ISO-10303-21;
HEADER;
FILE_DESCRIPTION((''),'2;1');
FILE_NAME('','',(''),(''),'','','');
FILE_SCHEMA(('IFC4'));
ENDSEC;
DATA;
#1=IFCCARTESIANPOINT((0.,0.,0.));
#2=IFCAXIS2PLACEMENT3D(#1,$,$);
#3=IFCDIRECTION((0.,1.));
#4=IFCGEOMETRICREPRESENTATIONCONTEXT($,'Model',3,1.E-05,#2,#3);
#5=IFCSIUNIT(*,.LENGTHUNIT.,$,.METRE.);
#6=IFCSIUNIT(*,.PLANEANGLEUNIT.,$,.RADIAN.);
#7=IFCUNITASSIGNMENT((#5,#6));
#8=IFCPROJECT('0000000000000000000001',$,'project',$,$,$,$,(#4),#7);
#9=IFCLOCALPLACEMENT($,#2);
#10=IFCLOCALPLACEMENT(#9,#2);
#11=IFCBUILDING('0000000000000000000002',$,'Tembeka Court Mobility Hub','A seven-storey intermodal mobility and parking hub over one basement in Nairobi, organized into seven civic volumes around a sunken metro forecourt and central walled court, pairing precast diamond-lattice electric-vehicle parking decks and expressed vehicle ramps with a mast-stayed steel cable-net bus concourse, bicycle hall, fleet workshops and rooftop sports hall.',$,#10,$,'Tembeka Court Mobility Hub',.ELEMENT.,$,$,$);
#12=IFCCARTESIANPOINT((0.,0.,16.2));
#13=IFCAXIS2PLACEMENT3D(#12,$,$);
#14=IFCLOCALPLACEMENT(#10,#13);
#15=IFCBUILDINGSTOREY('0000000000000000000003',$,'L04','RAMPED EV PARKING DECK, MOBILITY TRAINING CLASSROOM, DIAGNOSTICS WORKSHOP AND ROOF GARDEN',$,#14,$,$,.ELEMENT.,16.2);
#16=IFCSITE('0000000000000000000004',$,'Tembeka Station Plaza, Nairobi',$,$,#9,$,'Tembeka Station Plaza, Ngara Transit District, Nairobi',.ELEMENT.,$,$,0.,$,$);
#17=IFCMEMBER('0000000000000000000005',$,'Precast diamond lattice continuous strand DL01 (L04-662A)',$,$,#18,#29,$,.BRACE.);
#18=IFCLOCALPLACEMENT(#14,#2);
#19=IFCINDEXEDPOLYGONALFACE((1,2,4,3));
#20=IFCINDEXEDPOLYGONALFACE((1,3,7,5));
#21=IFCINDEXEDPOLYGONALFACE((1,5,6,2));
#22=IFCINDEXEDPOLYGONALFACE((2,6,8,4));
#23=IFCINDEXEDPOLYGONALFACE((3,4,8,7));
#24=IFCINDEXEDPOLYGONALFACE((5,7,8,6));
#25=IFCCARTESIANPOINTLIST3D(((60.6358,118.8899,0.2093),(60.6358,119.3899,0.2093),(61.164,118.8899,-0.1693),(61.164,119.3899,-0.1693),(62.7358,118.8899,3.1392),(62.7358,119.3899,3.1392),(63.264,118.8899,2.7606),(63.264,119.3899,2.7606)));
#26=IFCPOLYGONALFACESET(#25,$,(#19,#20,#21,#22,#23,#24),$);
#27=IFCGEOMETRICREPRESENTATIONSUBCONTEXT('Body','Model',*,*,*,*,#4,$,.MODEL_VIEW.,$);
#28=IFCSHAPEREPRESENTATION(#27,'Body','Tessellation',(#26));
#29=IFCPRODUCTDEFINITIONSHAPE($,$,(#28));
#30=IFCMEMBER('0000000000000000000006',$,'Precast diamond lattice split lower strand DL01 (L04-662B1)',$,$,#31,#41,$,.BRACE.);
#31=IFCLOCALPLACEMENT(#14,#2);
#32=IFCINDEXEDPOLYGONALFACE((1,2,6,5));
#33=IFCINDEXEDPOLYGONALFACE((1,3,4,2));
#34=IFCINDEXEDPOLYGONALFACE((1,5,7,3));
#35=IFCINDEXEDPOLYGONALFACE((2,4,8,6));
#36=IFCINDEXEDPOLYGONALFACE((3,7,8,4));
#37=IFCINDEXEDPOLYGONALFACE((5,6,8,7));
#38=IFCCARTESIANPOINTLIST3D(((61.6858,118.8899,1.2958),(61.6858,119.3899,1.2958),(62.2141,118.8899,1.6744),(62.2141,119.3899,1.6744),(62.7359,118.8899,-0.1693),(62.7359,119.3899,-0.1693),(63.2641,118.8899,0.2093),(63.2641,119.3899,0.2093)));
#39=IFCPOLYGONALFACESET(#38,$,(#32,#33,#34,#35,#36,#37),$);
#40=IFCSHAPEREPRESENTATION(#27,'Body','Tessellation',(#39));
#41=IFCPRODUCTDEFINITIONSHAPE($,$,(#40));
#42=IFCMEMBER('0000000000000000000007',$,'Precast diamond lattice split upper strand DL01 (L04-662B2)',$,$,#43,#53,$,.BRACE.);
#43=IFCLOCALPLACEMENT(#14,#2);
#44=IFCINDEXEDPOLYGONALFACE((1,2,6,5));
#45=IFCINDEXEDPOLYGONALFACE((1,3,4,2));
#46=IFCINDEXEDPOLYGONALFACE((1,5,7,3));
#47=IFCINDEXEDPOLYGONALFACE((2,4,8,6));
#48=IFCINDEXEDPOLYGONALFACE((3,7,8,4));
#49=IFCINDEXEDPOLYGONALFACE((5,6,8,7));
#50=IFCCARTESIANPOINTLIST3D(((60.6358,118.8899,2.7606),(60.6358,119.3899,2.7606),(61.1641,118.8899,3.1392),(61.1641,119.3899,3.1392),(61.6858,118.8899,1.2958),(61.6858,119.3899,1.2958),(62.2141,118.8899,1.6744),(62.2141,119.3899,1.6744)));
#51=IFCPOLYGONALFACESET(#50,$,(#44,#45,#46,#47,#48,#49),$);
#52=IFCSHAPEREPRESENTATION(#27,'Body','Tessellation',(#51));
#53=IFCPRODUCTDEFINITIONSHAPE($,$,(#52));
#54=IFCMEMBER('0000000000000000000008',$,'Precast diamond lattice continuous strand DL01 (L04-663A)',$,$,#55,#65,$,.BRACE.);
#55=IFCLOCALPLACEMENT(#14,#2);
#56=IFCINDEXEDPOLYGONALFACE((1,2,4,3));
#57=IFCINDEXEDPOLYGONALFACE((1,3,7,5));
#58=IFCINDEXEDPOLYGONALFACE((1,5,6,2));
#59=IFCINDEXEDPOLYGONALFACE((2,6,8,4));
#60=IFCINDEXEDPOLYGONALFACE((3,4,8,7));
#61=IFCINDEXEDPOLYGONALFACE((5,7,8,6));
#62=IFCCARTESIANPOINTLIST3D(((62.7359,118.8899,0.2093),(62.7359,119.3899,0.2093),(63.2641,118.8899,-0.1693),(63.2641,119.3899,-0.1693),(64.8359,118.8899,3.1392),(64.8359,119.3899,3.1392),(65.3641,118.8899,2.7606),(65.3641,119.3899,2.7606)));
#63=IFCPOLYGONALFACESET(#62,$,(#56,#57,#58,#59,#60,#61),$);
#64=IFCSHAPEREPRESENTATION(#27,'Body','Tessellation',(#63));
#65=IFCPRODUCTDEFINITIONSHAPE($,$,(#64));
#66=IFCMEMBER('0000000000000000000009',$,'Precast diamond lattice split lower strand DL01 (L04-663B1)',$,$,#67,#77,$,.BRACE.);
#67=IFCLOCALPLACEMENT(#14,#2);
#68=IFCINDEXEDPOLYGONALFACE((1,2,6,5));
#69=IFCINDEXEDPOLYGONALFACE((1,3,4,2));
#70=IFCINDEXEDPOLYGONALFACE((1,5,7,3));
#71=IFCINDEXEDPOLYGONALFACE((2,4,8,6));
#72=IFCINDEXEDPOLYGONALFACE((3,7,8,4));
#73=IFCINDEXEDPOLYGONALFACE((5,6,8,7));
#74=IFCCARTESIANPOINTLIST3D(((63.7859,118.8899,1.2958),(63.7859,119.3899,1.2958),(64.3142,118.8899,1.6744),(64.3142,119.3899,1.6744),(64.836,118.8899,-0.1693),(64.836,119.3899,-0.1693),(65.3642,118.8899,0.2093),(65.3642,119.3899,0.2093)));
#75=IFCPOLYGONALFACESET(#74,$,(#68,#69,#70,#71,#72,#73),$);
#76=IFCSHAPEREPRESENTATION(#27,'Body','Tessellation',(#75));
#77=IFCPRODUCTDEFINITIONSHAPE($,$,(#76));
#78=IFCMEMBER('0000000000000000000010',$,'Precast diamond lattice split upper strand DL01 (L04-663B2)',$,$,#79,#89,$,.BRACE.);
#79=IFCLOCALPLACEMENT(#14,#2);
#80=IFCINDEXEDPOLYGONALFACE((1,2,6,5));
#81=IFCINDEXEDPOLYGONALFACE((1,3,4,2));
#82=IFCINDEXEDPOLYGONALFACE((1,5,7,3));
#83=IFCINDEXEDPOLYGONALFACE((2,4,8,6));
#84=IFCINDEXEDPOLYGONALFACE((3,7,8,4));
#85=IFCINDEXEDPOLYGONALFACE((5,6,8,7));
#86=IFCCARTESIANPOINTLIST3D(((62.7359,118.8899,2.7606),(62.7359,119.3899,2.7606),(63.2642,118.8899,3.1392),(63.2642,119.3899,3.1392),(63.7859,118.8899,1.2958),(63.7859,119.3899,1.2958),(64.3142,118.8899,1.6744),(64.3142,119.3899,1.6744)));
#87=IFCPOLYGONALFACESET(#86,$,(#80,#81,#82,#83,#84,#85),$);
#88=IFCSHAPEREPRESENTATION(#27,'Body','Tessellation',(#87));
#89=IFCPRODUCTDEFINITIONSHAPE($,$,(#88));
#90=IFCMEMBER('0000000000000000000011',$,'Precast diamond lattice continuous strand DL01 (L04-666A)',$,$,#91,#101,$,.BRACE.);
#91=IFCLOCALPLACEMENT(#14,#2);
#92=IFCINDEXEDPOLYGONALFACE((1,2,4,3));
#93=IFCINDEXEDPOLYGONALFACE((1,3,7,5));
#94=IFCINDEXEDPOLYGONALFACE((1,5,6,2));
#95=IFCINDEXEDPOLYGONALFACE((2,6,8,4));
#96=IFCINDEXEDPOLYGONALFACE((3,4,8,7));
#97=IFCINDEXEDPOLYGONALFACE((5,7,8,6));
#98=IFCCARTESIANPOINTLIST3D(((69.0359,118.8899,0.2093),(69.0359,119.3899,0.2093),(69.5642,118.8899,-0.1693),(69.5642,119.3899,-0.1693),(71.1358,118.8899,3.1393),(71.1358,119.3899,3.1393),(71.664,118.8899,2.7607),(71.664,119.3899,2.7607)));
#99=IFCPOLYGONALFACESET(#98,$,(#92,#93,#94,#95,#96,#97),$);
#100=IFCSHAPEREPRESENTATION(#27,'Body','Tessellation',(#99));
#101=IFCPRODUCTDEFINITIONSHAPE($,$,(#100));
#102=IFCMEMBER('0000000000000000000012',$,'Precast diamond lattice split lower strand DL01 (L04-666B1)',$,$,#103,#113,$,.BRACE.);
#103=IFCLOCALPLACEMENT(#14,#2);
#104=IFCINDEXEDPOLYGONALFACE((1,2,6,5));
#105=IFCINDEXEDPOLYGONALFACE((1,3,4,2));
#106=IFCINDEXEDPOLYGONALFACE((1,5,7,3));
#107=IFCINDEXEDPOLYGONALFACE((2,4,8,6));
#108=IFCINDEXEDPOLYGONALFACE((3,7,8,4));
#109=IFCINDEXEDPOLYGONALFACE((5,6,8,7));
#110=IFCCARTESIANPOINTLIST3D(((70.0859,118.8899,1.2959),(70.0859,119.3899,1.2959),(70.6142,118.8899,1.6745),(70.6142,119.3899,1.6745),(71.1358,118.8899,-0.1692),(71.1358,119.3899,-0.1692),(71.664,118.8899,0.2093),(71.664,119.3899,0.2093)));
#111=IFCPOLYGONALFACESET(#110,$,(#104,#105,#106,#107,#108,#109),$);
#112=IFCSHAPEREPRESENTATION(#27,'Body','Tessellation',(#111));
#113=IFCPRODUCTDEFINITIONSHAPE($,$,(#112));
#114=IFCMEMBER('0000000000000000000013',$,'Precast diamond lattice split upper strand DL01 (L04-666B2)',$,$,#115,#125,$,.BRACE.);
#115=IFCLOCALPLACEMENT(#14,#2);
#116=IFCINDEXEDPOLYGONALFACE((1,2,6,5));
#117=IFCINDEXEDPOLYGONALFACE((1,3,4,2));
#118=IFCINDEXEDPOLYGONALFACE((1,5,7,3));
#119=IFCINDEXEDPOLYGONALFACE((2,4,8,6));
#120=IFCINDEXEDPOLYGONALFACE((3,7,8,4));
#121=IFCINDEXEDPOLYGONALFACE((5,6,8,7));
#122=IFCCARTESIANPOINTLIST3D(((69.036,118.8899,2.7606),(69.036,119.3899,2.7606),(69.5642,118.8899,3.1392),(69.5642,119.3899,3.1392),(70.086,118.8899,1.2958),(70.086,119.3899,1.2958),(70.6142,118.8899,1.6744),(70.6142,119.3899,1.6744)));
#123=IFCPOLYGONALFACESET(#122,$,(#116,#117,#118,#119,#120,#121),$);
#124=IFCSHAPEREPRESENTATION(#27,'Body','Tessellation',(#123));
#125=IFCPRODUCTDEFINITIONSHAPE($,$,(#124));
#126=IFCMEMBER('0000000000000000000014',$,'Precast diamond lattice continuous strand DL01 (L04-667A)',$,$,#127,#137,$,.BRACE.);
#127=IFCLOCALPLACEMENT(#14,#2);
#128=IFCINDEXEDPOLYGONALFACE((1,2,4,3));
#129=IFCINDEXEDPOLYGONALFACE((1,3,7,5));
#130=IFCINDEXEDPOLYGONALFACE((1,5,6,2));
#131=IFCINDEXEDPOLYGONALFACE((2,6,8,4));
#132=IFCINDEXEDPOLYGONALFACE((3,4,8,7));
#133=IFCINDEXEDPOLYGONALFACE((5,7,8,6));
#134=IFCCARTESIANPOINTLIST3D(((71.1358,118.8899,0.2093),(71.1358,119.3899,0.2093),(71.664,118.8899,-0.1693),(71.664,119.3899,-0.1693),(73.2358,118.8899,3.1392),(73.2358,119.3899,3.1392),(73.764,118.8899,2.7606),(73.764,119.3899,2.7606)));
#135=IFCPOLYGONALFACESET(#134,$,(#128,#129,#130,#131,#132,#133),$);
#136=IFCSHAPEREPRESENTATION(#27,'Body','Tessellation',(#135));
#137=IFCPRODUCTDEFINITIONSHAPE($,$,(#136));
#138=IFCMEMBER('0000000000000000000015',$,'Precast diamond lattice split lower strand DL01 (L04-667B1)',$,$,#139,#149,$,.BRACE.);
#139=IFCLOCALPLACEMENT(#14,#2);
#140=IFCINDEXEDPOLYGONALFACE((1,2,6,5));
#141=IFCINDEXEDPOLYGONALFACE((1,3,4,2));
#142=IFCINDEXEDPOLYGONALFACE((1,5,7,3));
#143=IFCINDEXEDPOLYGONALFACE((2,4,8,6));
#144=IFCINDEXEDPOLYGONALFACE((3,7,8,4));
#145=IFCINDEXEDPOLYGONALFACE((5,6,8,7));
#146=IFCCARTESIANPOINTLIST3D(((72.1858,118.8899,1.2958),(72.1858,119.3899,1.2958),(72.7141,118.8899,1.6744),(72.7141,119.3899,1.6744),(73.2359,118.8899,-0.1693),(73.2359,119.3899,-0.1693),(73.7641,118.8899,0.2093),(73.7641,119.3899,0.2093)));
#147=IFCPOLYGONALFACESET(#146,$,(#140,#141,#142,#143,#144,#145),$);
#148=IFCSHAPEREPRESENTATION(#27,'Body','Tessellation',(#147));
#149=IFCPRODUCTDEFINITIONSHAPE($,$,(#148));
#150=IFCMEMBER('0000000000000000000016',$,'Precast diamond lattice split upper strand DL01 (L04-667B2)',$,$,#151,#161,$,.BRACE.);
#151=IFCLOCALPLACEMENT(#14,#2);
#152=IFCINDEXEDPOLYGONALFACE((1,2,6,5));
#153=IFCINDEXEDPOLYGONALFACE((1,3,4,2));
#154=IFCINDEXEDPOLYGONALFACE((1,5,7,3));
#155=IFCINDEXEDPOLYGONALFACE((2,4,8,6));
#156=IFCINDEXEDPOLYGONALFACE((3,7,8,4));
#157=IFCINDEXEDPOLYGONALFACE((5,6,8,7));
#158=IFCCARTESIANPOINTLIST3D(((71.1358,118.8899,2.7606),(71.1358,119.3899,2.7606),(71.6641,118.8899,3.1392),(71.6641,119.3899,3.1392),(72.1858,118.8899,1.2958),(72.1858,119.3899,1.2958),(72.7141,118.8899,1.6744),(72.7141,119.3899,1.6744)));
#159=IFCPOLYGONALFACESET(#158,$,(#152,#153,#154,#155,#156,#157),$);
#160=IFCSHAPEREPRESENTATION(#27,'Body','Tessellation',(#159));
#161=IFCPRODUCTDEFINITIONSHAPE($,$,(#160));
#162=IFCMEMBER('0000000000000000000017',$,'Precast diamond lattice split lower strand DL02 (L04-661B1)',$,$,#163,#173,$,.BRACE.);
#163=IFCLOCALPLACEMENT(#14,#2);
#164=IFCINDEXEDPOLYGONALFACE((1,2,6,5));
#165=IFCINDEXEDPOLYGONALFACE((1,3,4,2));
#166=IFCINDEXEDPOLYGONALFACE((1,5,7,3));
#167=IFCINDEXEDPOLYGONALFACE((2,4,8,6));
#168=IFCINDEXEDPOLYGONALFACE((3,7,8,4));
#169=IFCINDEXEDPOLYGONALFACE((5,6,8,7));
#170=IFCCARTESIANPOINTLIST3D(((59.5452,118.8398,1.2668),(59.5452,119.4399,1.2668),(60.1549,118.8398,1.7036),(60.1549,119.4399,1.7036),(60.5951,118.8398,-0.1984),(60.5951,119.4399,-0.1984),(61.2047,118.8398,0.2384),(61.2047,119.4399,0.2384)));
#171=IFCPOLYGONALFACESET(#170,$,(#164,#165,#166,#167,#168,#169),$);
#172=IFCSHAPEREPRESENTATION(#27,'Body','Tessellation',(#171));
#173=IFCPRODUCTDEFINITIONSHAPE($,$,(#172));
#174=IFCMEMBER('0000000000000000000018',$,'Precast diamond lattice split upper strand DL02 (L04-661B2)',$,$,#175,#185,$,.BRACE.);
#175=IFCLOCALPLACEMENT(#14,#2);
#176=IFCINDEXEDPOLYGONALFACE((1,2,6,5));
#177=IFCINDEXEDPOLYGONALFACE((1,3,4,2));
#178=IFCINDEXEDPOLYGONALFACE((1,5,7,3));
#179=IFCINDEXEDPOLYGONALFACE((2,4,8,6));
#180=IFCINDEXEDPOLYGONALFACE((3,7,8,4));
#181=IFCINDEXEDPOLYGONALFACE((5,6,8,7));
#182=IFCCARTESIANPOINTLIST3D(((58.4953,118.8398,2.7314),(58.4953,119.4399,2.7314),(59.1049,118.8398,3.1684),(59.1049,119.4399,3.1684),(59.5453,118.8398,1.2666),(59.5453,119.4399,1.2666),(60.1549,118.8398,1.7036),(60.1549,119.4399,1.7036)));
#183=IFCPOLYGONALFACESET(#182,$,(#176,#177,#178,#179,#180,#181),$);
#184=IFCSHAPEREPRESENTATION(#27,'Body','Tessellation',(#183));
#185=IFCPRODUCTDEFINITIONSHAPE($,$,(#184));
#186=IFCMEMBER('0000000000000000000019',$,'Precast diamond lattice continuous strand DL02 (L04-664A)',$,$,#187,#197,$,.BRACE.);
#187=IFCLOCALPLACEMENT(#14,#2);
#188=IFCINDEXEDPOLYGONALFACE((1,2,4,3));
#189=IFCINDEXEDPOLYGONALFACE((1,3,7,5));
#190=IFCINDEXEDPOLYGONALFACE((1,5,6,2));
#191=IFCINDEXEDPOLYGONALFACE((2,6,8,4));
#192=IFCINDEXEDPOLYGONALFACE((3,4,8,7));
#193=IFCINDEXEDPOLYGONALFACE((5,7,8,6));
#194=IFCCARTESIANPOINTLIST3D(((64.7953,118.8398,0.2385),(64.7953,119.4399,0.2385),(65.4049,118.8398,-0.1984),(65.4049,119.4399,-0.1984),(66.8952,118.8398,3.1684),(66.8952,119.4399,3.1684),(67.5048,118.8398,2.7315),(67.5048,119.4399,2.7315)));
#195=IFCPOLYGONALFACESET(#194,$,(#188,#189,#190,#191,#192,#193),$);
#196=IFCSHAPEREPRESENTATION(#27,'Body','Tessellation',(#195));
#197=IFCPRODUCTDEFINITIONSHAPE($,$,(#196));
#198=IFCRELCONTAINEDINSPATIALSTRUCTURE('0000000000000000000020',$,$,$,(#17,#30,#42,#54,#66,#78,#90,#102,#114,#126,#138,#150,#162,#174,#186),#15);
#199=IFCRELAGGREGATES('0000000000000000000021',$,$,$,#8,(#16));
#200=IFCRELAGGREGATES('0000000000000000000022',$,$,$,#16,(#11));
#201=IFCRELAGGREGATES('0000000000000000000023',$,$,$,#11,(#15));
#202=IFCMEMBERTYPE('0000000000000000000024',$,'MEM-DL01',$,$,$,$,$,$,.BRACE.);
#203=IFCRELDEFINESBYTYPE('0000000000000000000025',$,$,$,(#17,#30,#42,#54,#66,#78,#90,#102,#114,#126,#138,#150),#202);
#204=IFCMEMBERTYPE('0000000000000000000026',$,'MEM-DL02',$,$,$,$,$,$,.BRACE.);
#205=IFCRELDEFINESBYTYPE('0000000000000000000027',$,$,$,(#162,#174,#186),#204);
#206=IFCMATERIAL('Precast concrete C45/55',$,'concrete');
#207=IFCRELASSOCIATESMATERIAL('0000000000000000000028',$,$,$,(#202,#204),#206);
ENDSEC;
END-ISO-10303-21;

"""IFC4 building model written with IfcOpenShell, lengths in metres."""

from ifc_helpers import new_model, si_unit, direction, frame, origin, origin_2d, place, context, subcontext, project, spatial, rectangle, extrude, material, material_profile, profile_set, type_object, element, save


model = new_model("IFC4")

# Units and contexts
model_context = context("Model", 3, precision=1e-05, world=origin(), true_north=direction((0.0, 1.0)))
body_context = subcontext(model_context, "Body", "Model", "MODEL_VIEW")
ifc_project = project(units=[si_unit("LENGTHUNIT", "METRE"), si_unit("PLANEANGLEUNIT", "RADIAN")], contexts=[model_context])

# Site, building, storey
site_placement = place(None, origin())
site = spatial("IfcSite", under=ifc_project, at=site_placement, Name="Tembeka Station Plaza, Nairobi", LongName="Tembeka Station Plaza, Ngara Transit District, Nairobi", CompositionType="ELEMENT", RefElevation=0.0)
building_placement = place(site_placement, origin())
building = spatial("IfcBuilding", under=site, at=building_placement, Name="Tembeka Court Mobility Hub", Description="A seven-storey intermodal mobility and parking hub over one basement in Nairobi, organized into seven civic volumes around a sunken metro forecourt and central walled court, pairing precast diamond-lattice electric-vehicle parking decks and expressed vehicle ramps with a mast-stayed steel cable-net bus concourse, bicycle hall, fleet workshops and rooftop sports hall.", LongName="Tembeka Court Mobility Hub", CompositionType="ELEMENT")
storey_placement = place(building_placement, frame((0.0, 0.0, 16.2)))
storey = spatial("IfcBuildingStorey", under=building, at=storey_placement, Name="L04", Description="RAMPED EV PARKING DECK, MOBILITY TRAINING CLASSROOM, DIAGNOSTICS WORKSHOP AND ROOF GARDEN", CompositionType="ELEMENT", Elevation=16.2)

# Members
ifc_material = material(Name="Precast concrete C45/55", Category="concrete")
ifc_material_profile_1 = material_profile(ifc_material, rectangle(XDim=0.5, YDim=0.6499, at=origin_2d()), Name="PC-DIAG 500x650")
ifc_profile_set_1 = profile_set([ifc_material_profile_1], Name="Precast concrete C45/55")
member_type_1 = type_object("IfcMemberType", Name="MEM-DL01", PredefinedType="BRACE", material=ifc_profile_set_1)
member_1_placement = place(storey_placement, frame((60.8999, 119.1399, 0.02), z_axis=(0.582576, 0.0, 0.812776), x_axis=(0.0, 1.0, 0.0)))
element("IfcMember", 1, at=member_1_placement, inside=storey, type_object=member_type_1, Name="Precast diamond lattice continuous strand DL01 (L04-662A)", PredefinedType="BRACE", context=body_context, shape_type="SweptSolid", body=[
    extrude(rectangle(XDim=0.5, YDim=0.6499, at=origin_2d()), origin(), (0.0, 0.0, 1.0), 3.6047),
])
member_2_placement = place(storey_placement, frame((63.0, 119.1399, 0.02), z_axis=(-0.582544, 0.0, 0.812799), x_axis=(0.0, -1.0, 0.0)))
element("IfcMember", 2, at=member_2_placement, inside=storey, type_object=member_type_1, Name="Precast diamond lattice split lower strand DL01 (L04-662B1)", PredefinedType="BRACE", context=body_context, shape_type="SweptSolid", body=[
    extrude(rectangle(XDim=0.5, YDim=0.6499, at=origin_2d()), origin(), (0.0, 0.0, 1.0), 1.8025),
])
member_3_placement = place(storey_placement, frame((61.95, 119.1399, 1.4851), z_axis=(-0.582608, 0.0, 0.812753), x_axis=(0.0, -1.0, 0.0)))
element("IfcMember", 3, at=member_3_placement, inside=storey, type_object=member_type_1, Name="Precast diamond lattice split upper strand DL01 (L04-662B2)", PredefinedType="BRACE", context=body_context, shape_type="SweptSolid", body=[
    extrude(rectangle(XDim=0.5, YDim=0.6499, at=origin_2d()), origin(), (0.0, 0.0, 1.0), 1.8022),
])
member_4_placement = place(storey_placement, frame((63.0, 119.1399, 0.02), z_axis=(0.582576, 0.0, 0.812776), x_axis=(0.0, 1.0, 0.0)))
element("IfcMember", 4, at=member_4_placement, inside=storey, type_object=member_type_1, Name="Precast diamond lattice continuous strand DL01 (L04-663A)", PredefinedType="BRACE", context=body_context, shape_type="SweptSolid", body=[
    extrude(rectangle(XDim=0.5, YDim=0.6499, at=origin_2d()), origin(), (0.0, 0.0, 1.0), 3.6047),
])
member_5_placement = place(storey_placement, frame((65.1001, 119.1399, 0.02), z_axis=(-0.582544, 0.0, 0.812799), x_axis=(0.0, -1.0, 0.0)))
element("IfcMember", 5, at=member_5_placement, inside=storey, type_object=member_type_1, Name="Precast diamond lattice split lower strand DL01 (L04-663B1)", PredefinedType="BRACE", context=body_context, shape_type="SweptSolid", body=[
    extrude(rectangle(XDim=0.5, YDim=0.6499, at=origin_2d()), origin(), (0.0, 0.0, 1.0), 1.8025),
])
member_6_placement = place(storey_placement, frame((64.05, 119.1399, 1.4851), z_axis=(-0.582608, 0.0, 0.812753), x_axis=(0.0, -1.0, 0.0)))
element("IfcMember", 6, at=member_6_placement, inside=storey, type_object=member_type_1, Name="Precast diamond lattice split upper strand DL01 (L04-663B2)", PredefinedType="BRACE", context=body_context, shape_type="SweptSolid", body=[
    extrude(rectangle(XDim=0.5, YDim=0.6499, at=origin_2d()), origin(), (0.0, 0.0, 1.0), 1.8022),
])
member_7_placement = place(storey_placement, frame((69.3, 119.1399, 0.02), z_axis=(0.582532, 0.0, 0.812808), x_axis=(0.0, 1.0, 0.0)))
element("IfcMember", 7, at=member_7_placement, inside=storey, type_object=member_type_1, Name="Precast diamond lattice continuous strand DL01 (L04-666A)", PredefinedType="BRACE", context=body_context, shape_type="SweptSolid", body=[
    extrude(rectangle(XDim=0.5, YDim=0.6499, at=origin_2d()), origin(), (0.0, 0.0, 1.0), 3.6047),
])
member_8_placement = place(storey_placement, frame((71.3999, 119.1399, 0.02), z_axis=(-0.582455, 0.0, 0.812863), x_axis=(0.0, -1.0, 0.0)))
element("IfcMember", 8, at=member_8_placement, inside=storey, type_object=member_type_1, Name="Precast diamond lattice split lower strand DL01 (L04-666B1)", PredefinedType="BRACE", context=body_context, shape_type="SweptSolid", body=[
    extrude(rectangle(XDim=0.5, YDim=0.6499, at=origin_2d()), origin(), (0.0, 0.0, 1.0), 1.8025),
])
member_9_placement = place(storey_placement, frame((70.3501, 119.1399, 1.4851), z_axis=(-0.582608, 0.0, 0.812753), x_axis=(0.0, -1.0, 0.0)))
element("IfcMember", 9, at=member_9_placement, inside=storey, type_object=member_type_1, Name="Precast diamond lattice split upper strand DL01 (L04-666B2)", PredefinedType="BRACE", context=body_context, shape_type="SweptSolid", body=[
    extrude(rectangle(XDim=0.5, YDim=0.6499, at=origin_2d()), origin(), (0.0, 0.0, 1.0), 1.8022),
])
member_10_placement = place(storey_placement, frame((71.3999, 119.1399, 0.02), z_axis=(0.582576, 0.0, 0.812776), x_axis=(0.0, 1.0, 0.0)))
element("IfcMember", 10, at=member_10_placement, inside=storey, type_object=member_type_1, Name="Precast diamond lattice continuous strand DL01 (L04-667A)", PredefinedType="BRACE", context=body_context, shape_type="SweptSolid", body=[
    extrude(rectangle(XDim=0.5, YDim=0.6499, at=origin_2d()), origin(), (0.0, 0.0, 1.0), 3.6047),
])
member_11_placement = place(storey_placement, frame((73.5, 119.1399, 0.02), z_axis=(-0.582544, 0.0, 0.812799), x_axis=(0.0, -1.0, 0.0)))
element("IfcMember", 11, at=member_11_placement, inside=storey, type_object=member_type_1, Name="Precast diamond lattice split lower strand DL01 (L04-667B1)", PredefinedType="BRACE", context=body_context, shape_type="SweptSolid", body=[
    extrude(rectangle(XDim=0.5, YDim=0.6499, at=origin_2d()), origin(), (0.0, 0.0, 1.0), 1.8025),
])
member_12_placement = place(storey_placement, frame((72.45, 119.1399, 1.4851), z_axis=(-0.582608, 0.0, 0.812753), x_axis=(0.0, -1.0, 0.0)))
element("IfcMember", 12, at=member_12_placement, inside=storey, type_object=member_type_1, Name="Precast diamond lattice split upper strand DL01 (L04-667B2)", PredefinedType="BRACE", context=body_context, shape_type="SweptSolid", body=[
    extrude(rectangle(XDim=0.5, YDim=0.6499, at=origin_2d()), origin(), (0.0, 0.0, 1.0), 1.8022),
])
ifc_material_profile_2 = material_profile(ifc_material, rectangle(XDim=0.6001, YDim=0.75, at=origin_2d()), Name="PC-DIAG 600x750")
ifc_profile_set_2 = profile_set([ifc_material_profile_2], Name="Precast concrete C45/55")
member_type_2 = type_object("IfcMemberType", Name="MEM-DL02", PredefinedType="BRACE", material=ifc_profile_set_2)
member_13_placement = place(storey_placement, frame((60.8999, 119.1399, 0.02), z_axis=(-0.582455, 0.0, 0.812863), x_axis=(0.0, -1.0, 0.0)))
element("IfcMember", 13, at=member_13_placement, inside=storey, type_object=member_type_2, Name="Precast diamond lattice split lower strand DL02 (L04-661B1)", PredefinedType="BRACE", context=body_context, shape_type="SweptSolid", body=[
    extrude(rectangle(XDim=0.6001, YDim=0.75, at=origin_2d()), origin(), (0.0, 0.0, 1.0), 1.8025),
])
member_14_placement = place(storey_placement, frame((59.8501, 119.1399, 1.4851), z_axis=(-0.582608, 0.0, 0.812753), x_axis=(0.0, -1.0, 0.0)))
element("IfcMember", 14, at=member_14_placement, inside=storey, type_object=member_type_2, Name="Precast diamond lattice split upper strand DL02 (L04-661B2)", PredefinedType="BRACE", context=body_context, shape_type="SweptSolid", body=[
    extrude(rectangle(XDim=0.6001, YDim=0.75, at=origin_2d()), origin(), (0.0, 0.0, 1.0), 1.8022),
])
member_15_placement = place(storey_placement, frame((65.1001, 119.1399, 0.02), z_axis=(0.582532, 0.0, 0.812808), x_axis=(0.0, 1.0, 0.0)))
element("IfcMember", 15, at=member_15_placement, inside=storey, type_object=member_type_2, Name="Precast diamond lattice continuous strand DL02 (L04-664A)", PredefinedType="BRACE", context=body_context, shape_type="SweptSolid", body=[
    extrude(rectangle(XDim=0.6001, YDim=0.75, at=origin_2d()), origin(), (0.0, 0.0, 1.0), 3.6047),
])

save(model, "model.ifc")
